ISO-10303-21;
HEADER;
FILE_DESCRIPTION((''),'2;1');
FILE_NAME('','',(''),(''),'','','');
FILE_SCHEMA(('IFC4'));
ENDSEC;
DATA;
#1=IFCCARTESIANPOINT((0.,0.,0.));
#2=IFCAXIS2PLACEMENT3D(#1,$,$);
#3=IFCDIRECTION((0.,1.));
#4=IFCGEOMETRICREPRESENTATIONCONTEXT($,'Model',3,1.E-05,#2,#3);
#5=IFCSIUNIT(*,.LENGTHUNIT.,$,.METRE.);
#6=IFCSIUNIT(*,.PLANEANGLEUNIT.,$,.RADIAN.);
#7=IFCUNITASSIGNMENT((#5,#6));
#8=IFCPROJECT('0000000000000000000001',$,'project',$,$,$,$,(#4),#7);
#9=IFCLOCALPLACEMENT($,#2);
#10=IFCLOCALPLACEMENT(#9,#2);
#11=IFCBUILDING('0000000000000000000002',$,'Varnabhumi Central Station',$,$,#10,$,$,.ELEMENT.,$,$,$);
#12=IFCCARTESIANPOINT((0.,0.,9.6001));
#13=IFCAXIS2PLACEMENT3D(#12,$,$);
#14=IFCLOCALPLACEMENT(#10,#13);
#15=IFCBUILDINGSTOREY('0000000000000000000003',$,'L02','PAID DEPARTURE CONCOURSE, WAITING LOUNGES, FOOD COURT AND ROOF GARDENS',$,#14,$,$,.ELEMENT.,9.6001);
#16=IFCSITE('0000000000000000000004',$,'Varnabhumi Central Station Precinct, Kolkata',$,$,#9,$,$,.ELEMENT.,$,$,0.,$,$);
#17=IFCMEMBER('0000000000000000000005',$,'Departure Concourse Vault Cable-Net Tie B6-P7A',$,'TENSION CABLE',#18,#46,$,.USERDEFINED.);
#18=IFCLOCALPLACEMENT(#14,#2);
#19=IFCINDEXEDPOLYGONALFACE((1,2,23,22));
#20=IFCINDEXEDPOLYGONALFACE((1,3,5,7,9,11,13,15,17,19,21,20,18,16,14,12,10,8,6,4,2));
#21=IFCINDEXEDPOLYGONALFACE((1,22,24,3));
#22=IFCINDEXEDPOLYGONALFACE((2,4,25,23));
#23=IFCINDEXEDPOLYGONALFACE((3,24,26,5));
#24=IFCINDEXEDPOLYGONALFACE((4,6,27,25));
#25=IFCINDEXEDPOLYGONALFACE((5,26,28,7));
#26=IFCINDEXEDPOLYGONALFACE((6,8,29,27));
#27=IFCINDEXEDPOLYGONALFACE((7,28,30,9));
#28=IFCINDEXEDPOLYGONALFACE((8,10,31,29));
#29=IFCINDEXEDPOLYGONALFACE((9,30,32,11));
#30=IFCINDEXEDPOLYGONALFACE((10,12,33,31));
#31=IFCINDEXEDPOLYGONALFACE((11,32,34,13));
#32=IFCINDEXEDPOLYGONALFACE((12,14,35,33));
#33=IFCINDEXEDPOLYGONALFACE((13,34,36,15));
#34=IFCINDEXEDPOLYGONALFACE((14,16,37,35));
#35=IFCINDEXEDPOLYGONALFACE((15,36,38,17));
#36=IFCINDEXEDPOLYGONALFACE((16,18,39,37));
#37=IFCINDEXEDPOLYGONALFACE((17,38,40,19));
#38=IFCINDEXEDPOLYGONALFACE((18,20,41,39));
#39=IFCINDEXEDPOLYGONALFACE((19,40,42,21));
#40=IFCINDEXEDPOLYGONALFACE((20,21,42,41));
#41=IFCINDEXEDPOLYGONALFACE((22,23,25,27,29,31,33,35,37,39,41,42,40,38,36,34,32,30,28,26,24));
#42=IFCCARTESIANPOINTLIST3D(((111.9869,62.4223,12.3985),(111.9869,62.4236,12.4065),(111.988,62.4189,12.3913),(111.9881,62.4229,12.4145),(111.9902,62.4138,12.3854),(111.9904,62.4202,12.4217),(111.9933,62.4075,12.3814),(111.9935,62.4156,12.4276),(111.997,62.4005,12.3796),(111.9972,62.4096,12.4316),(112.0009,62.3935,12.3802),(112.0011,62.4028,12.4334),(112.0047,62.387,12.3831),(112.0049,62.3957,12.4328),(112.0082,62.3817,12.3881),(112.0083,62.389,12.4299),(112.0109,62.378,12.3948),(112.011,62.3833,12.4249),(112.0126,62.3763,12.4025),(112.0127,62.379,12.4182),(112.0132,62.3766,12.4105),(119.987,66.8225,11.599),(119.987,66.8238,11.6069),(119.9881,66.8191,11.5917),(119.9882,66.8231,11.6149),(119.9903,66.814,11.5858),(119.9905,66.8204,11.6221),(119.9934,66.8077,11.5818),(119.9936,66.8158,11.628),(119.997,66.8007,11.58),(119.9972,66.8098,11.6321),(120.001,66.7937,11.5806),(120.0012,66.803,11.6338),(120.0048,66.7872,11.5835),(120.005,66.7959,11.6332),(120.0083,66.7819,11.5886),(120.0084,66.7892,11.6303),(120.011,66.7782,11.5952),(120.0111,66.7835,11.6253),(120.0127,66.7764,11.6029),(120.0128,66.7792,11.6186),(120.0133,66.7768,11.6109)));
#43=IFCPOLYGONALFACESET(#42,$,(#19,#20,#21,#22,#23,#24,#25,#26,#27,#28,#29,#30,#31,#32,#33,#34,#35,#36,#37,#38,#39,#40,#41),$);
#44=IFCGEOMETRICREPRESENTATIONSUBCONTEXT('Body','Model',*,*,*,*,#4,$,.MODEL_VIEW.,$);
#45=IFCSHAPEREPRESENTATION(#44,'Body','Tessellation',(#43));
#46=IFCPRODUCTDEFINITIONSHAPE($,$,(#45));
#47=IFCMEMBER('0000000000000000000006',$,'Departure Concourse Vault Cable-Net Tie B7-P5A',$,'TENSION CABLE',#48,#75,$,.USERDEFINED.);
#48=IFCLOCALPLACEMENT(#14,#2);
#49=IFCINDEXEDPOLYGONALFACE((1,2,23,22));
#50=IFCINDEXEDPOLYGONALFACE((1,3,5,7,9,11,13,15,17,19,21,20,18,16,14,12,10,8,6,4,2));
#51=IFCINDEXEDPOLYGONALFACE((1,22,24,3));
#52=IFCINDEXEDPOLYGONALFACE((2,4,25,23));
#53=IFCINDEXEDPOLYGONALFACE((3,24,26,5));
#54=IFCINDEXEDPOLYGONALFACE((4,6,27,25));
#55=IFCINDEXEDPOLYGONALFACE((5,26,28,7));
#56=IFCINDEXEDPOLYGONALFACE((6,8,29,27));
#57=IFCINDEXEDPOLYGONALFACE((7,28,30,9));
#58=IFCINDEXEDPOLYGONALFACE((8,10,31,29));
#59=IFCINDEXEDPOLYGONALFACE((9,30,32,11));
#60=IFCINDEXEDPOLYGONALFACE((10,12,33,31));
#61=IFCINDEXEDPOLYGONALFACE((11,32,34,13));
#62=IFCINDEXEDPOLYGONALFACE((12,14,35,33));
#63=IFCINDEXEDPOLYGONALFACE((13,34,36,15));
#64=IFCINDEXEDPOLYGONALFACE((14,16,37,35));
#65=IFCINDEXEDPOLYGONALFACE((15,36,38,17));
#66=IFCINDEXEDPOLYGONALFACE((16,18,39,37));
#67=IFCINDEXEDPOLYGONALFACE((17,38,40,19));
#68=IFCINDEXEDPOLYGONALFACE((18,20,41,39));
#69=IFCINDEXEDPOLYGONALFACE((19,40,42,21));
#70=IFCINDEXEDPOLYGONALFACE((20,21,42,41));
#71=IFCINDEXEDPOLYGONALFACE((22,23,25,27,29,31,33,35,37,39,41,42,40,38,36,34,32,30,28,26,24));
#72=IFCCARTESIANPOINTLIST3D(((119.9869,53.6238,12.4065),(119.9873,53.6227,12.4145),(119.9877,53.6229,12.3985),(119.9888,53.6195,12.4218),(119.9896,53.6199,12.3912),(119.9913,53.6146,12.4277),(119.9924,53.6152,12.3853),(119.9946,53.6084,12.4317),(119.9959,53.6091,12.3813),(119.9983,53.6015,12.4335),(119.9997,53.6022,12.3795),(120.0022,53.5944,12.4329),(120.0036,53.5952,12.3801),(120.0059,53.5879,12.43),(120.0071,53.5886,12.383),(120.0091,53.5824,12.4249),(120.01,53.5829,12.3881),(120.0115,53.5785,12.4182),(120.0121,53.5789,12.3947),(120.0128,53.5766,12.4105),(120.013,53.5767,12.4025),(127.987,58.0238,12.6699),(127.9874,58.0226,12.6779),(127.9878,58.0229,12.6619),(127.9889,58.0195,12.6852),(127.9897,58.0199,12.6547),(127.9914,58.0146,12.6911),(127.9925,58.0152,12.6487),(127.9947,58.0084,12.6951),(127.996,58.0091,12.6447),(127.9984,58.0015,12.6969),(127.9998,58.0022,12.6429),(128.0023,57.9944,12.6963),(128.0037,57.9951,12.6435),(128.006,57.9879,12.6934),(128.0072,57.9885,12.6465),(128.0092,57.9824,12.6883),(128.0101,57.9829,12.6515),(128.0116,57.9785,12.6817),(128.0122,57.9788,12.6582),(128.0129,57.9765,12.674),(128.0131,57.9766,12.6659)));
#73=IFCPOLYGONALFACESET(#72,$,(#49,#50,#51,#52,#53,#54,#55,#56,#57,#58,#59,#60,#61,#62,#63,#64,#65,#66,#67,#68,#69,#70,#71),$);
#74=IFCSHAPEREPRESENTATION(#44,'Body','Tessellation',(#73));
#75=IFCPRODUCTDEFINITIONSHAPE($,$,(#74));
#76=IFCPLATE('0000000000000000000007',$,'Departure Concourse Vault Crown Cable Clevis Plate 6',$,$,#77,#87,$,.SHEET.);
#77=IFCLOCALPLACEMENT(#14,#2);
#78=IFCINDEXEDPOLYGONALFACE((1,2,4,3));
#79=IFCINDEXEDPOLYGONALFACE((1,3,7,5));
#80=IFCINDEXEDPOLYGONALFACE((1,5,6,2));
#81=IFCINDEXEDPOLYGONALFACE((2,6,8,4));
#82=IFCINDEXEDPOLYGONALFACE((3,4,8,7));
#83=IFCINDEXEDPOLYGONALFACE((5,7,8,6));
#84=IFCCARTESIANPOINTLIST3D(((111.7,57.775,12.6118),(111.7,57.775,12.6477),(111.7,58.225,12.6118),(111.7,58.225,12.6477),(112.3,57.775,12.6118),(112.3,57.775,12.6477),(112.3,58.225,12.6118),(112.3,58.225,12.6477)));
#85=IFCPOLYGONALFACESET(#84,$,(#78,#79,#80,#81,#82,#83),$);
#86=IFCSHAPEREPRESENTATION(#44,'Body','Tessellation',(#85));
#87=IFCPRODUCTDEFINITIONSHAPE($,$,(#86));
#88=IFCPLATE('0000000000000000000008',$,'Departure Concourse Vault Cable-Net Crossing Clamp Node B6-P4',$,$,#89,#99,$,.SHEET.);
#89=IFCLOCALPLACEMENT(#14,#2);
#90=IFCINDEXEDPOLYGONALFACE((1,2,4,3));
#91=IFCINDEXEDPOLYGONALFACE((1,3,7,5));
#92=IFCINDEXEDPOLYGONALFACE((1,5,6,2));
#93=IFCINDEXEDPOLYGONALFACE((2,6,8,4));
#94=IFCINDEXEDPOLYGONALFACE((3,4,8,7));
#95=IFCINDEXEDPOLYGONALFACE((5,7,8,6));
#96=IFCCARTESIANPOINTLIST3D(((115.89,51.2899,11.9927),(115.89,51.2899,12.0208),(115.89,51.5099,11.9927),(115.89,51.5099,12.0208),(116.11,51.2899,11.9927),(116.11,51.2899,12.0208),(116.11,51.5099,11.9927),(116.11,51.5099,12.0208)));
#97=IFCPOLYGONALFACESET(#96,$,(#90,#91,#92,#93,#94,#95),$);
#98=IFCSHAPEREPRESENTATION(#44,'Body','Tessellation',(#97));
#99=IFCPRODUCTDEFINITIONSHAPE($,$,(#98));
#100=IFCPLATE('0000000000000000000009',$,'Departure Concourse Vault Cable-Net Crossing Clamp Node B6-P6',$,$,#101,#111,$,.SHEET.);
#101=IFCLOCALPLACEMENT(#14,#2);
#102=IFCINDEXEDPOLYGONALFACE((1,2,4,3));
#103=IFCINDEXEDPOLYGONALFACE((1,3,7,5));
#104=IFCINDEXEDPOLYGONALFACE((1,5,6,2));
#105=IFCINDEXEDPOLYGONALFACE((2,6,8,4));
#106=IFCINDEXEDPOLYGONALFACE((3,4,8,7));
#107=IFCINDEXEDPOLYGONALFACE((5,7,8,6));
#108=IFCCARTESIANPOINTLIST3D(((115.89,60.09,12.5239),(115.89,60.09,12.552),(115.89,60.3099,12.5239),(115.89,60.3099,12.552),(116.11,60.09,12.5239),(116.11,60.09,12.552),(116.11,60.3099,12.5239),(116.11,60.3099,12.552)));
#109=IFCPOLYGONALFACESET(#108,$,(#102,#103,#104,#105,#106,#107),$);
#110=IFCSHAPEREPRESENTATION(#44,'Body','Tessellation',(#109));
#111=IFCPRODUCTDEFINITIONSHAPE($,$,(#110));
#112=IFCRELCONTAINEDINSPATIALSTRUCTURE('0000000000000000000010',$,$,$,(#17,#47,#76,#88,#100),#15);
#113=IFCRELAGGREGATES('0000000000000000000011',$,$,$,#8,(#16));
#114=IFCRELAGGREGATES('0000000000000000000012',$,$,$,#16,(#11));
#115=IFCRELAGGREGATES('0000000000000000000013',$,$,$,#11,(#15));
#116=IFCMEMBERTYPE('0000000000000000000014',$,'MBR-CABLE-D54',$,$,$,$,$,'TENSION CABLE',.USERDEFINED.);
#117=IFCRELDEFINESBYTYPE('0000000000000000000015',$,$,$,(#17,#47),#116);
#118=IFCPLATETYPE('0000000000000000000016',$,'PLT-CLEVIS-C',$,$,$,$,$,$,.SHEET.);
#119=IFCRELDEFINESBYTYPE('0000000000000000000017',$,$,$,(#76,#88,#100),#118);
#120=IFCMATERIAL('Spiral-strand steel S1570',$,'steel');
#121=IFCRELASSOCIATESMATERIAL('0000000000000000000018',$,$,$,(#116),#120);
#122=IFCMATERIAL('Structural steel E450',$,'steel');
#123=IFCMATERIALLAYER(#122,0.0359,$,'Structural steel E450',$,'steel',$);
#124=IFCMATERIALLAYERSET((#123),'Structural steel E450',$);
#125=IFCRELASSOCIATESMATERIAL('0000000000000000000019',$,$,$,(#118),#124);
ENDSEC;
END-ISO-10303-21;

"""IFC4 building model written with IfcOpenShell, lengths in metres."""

from ifc_helpers import new_model, si_unit, direction, frame, origin, origin_2d, place, context, subcontext, project, spatial, rectangle, circle, extrude, material, layer, layer_set, material_profile, profile_set, type_object, element, save


model = new_model("IFC4")

# Units and contexts
model_context = context("Model", 3, precision=1e-05, world=origin(), true_north=direction((0.0, 1.0)))
body_context = subcontext(model_context, "Body", "Model", "MODEL_VIEW")
ifc_project = project(units=[si_unit("LENGTHUNIT", "METRE"), si_unit("PLANEANGLEUNIT", "RADIAN")], contexts=[model_context])

# Site, building, storey
site_placement = place(None, origin())
site = spatial("IfcSite", under=ifc_project, at=site_placement, Name="Varnabhumi Central Station Precinct, Kolkata", CompositionType="ELEMENT", RefElevation=0.0)
building_placement = place(site_placement, origin())
building = spatial("IfcBuilding", under=site, at=building_placement, Name="Varnabhumi Central Station", CompositionType="ELEMENT")
storey_placement = place(building_placement, frame((0.0, 0.0, 9.6001)))
storey = spatial("IfcBuildingStorey", under=building, at=storey_placement, Name="L02", Description="PAID DEPARTURE CONCOURSE, WAITING LOUNGES, FOOD COURT AND ROOF GARDENS", CompositionType="ELEMENT", Elevation=9.6001)

# Members
ifc_material_1 = material(Name="Spiral-strand steel S1570", Category="steel")
ifc_material_profile_1 = material_profile(ifc_material_1, circle(Radius=0.0271, at=origin_2d()), Name="Spiral-strand steel S1570", Category="steel")
ifc_profile_set_1 = profile_set([ifc_material_profile_1], Name="Spiral-strand steel S1570")
member_type = type_object("IfcMemberType", Name="MBR-CABLE-D54", ElementType="TENSION CABLE", PredefinedType="USERDEFINED", material=ifc_profile_set_1)
member_1_placement = place(storey_placement, frame((112.0, 62.3999, 12.4065), z_axis=(0.872869, 0.480094, -0.087239), x_axis=(-0.481931, 0.876209, 0.0)))
element("IfcMember", 1, at=member_1_placement, inside=storey, type_object=member_type, Name="Departure Concourse Vault Cable-Net Tie B6-P7A", ObjectType="TENSION CABLE", PredefinedType="USERDEFINED", context=body_context, shape_type="SweptSolid", body=[
    extrude(circle(Radius=0.0271, at=origin_2d()), origin(), (0.0, 0.0, 1.0), 9.1653),
])
member_2_placement = place(storey_placement, frame((120.0, 53.6001, 12.4065), z_axis=(0.875856, 0.48171, 0.028841), x_axis=(-0.481911, 0.87622, 0.0)))
element("IfcMember", 2, at=member_2_placement, inside=storey, type_object=member_type, Name="Departure Concourse Vault Cable-Net Tie B7-P5A", ObjectType="TENSION CABLE", PredefinedType="USERDEFINED", context=body_context, shape_type="SweptSolid", body=[
    extrude(circle(Radius=0.0271, at=origin_2d()), origin(), (0.0, 0.0, 1.0), 9.134),
])

# Plates
ifc_material_2 = material(Name="Structural steel E450", Category="steel")
ifc_layer_1 = layer(ifc_material_2, 0.0359, Name="Structural steel E450", Category="steel")
ifc_layer_set_1 = layer_set([ifc_layer_1], Name="Structural steel E450")
plate_type = type_object("IfcPlateType", Name="PLT-CLEVIS-C", PredefinedType="SHEET", material=ifc_layer_set_1)
plate_placement = place(storey_placement, frame((112.0, 58.0, 12.6118), z_axis=(0.0, 0.0, 1.0), x_axis=(1.0, 0.0, 0.0)))
element("IfcPlate", 3, at=plate_placement, inside=storey, type_object=plate_type, Name="Departure Concourse Vault Crown Cable Clevis Plate 6", PredefinedType="SHEET", context=body_context, shape_type="SweptSolid", body=[
    extrude(rectangle(XDim=0.6001, YDim=0.45, at=origin_2d()), origin(), (0.0, 0.0, 1.0), 0.0359),
])
for number, where, z_axis, x_axis, name in (
    (4, (116.0, 51.3999, 11.9927), (0.0, 0.0, 1.0), (1.0, 0.0, 0.0), "Departure Concourse Vault Cable-Net Crossing Clamp Node B6-P4"),
    (5, (116.0, 60.2, 12.5239), (0.0, 0.0, 1.0), (1.0, 0.0, 0.0), "Departure Concourse Vault Cable-Net Crossing Clamp Node B6-P6"),
):
    element("IfcPlate", number, at=place(storey_placement, frame(where, z_axis=z_axis, x_axis=x_axis)), inside=storey, type_object=plate_type, Name=name, PredefinedType="SHEET", context=body_context, shape_type="SweptSolid", body=[
        extrude(rectangle(XDim=0.22, YDim=0.22, at=origin_2d()), origin(), (0.0, 0.0, 1.0), 0.0281),
    ])

save(model, "model.ifc")
